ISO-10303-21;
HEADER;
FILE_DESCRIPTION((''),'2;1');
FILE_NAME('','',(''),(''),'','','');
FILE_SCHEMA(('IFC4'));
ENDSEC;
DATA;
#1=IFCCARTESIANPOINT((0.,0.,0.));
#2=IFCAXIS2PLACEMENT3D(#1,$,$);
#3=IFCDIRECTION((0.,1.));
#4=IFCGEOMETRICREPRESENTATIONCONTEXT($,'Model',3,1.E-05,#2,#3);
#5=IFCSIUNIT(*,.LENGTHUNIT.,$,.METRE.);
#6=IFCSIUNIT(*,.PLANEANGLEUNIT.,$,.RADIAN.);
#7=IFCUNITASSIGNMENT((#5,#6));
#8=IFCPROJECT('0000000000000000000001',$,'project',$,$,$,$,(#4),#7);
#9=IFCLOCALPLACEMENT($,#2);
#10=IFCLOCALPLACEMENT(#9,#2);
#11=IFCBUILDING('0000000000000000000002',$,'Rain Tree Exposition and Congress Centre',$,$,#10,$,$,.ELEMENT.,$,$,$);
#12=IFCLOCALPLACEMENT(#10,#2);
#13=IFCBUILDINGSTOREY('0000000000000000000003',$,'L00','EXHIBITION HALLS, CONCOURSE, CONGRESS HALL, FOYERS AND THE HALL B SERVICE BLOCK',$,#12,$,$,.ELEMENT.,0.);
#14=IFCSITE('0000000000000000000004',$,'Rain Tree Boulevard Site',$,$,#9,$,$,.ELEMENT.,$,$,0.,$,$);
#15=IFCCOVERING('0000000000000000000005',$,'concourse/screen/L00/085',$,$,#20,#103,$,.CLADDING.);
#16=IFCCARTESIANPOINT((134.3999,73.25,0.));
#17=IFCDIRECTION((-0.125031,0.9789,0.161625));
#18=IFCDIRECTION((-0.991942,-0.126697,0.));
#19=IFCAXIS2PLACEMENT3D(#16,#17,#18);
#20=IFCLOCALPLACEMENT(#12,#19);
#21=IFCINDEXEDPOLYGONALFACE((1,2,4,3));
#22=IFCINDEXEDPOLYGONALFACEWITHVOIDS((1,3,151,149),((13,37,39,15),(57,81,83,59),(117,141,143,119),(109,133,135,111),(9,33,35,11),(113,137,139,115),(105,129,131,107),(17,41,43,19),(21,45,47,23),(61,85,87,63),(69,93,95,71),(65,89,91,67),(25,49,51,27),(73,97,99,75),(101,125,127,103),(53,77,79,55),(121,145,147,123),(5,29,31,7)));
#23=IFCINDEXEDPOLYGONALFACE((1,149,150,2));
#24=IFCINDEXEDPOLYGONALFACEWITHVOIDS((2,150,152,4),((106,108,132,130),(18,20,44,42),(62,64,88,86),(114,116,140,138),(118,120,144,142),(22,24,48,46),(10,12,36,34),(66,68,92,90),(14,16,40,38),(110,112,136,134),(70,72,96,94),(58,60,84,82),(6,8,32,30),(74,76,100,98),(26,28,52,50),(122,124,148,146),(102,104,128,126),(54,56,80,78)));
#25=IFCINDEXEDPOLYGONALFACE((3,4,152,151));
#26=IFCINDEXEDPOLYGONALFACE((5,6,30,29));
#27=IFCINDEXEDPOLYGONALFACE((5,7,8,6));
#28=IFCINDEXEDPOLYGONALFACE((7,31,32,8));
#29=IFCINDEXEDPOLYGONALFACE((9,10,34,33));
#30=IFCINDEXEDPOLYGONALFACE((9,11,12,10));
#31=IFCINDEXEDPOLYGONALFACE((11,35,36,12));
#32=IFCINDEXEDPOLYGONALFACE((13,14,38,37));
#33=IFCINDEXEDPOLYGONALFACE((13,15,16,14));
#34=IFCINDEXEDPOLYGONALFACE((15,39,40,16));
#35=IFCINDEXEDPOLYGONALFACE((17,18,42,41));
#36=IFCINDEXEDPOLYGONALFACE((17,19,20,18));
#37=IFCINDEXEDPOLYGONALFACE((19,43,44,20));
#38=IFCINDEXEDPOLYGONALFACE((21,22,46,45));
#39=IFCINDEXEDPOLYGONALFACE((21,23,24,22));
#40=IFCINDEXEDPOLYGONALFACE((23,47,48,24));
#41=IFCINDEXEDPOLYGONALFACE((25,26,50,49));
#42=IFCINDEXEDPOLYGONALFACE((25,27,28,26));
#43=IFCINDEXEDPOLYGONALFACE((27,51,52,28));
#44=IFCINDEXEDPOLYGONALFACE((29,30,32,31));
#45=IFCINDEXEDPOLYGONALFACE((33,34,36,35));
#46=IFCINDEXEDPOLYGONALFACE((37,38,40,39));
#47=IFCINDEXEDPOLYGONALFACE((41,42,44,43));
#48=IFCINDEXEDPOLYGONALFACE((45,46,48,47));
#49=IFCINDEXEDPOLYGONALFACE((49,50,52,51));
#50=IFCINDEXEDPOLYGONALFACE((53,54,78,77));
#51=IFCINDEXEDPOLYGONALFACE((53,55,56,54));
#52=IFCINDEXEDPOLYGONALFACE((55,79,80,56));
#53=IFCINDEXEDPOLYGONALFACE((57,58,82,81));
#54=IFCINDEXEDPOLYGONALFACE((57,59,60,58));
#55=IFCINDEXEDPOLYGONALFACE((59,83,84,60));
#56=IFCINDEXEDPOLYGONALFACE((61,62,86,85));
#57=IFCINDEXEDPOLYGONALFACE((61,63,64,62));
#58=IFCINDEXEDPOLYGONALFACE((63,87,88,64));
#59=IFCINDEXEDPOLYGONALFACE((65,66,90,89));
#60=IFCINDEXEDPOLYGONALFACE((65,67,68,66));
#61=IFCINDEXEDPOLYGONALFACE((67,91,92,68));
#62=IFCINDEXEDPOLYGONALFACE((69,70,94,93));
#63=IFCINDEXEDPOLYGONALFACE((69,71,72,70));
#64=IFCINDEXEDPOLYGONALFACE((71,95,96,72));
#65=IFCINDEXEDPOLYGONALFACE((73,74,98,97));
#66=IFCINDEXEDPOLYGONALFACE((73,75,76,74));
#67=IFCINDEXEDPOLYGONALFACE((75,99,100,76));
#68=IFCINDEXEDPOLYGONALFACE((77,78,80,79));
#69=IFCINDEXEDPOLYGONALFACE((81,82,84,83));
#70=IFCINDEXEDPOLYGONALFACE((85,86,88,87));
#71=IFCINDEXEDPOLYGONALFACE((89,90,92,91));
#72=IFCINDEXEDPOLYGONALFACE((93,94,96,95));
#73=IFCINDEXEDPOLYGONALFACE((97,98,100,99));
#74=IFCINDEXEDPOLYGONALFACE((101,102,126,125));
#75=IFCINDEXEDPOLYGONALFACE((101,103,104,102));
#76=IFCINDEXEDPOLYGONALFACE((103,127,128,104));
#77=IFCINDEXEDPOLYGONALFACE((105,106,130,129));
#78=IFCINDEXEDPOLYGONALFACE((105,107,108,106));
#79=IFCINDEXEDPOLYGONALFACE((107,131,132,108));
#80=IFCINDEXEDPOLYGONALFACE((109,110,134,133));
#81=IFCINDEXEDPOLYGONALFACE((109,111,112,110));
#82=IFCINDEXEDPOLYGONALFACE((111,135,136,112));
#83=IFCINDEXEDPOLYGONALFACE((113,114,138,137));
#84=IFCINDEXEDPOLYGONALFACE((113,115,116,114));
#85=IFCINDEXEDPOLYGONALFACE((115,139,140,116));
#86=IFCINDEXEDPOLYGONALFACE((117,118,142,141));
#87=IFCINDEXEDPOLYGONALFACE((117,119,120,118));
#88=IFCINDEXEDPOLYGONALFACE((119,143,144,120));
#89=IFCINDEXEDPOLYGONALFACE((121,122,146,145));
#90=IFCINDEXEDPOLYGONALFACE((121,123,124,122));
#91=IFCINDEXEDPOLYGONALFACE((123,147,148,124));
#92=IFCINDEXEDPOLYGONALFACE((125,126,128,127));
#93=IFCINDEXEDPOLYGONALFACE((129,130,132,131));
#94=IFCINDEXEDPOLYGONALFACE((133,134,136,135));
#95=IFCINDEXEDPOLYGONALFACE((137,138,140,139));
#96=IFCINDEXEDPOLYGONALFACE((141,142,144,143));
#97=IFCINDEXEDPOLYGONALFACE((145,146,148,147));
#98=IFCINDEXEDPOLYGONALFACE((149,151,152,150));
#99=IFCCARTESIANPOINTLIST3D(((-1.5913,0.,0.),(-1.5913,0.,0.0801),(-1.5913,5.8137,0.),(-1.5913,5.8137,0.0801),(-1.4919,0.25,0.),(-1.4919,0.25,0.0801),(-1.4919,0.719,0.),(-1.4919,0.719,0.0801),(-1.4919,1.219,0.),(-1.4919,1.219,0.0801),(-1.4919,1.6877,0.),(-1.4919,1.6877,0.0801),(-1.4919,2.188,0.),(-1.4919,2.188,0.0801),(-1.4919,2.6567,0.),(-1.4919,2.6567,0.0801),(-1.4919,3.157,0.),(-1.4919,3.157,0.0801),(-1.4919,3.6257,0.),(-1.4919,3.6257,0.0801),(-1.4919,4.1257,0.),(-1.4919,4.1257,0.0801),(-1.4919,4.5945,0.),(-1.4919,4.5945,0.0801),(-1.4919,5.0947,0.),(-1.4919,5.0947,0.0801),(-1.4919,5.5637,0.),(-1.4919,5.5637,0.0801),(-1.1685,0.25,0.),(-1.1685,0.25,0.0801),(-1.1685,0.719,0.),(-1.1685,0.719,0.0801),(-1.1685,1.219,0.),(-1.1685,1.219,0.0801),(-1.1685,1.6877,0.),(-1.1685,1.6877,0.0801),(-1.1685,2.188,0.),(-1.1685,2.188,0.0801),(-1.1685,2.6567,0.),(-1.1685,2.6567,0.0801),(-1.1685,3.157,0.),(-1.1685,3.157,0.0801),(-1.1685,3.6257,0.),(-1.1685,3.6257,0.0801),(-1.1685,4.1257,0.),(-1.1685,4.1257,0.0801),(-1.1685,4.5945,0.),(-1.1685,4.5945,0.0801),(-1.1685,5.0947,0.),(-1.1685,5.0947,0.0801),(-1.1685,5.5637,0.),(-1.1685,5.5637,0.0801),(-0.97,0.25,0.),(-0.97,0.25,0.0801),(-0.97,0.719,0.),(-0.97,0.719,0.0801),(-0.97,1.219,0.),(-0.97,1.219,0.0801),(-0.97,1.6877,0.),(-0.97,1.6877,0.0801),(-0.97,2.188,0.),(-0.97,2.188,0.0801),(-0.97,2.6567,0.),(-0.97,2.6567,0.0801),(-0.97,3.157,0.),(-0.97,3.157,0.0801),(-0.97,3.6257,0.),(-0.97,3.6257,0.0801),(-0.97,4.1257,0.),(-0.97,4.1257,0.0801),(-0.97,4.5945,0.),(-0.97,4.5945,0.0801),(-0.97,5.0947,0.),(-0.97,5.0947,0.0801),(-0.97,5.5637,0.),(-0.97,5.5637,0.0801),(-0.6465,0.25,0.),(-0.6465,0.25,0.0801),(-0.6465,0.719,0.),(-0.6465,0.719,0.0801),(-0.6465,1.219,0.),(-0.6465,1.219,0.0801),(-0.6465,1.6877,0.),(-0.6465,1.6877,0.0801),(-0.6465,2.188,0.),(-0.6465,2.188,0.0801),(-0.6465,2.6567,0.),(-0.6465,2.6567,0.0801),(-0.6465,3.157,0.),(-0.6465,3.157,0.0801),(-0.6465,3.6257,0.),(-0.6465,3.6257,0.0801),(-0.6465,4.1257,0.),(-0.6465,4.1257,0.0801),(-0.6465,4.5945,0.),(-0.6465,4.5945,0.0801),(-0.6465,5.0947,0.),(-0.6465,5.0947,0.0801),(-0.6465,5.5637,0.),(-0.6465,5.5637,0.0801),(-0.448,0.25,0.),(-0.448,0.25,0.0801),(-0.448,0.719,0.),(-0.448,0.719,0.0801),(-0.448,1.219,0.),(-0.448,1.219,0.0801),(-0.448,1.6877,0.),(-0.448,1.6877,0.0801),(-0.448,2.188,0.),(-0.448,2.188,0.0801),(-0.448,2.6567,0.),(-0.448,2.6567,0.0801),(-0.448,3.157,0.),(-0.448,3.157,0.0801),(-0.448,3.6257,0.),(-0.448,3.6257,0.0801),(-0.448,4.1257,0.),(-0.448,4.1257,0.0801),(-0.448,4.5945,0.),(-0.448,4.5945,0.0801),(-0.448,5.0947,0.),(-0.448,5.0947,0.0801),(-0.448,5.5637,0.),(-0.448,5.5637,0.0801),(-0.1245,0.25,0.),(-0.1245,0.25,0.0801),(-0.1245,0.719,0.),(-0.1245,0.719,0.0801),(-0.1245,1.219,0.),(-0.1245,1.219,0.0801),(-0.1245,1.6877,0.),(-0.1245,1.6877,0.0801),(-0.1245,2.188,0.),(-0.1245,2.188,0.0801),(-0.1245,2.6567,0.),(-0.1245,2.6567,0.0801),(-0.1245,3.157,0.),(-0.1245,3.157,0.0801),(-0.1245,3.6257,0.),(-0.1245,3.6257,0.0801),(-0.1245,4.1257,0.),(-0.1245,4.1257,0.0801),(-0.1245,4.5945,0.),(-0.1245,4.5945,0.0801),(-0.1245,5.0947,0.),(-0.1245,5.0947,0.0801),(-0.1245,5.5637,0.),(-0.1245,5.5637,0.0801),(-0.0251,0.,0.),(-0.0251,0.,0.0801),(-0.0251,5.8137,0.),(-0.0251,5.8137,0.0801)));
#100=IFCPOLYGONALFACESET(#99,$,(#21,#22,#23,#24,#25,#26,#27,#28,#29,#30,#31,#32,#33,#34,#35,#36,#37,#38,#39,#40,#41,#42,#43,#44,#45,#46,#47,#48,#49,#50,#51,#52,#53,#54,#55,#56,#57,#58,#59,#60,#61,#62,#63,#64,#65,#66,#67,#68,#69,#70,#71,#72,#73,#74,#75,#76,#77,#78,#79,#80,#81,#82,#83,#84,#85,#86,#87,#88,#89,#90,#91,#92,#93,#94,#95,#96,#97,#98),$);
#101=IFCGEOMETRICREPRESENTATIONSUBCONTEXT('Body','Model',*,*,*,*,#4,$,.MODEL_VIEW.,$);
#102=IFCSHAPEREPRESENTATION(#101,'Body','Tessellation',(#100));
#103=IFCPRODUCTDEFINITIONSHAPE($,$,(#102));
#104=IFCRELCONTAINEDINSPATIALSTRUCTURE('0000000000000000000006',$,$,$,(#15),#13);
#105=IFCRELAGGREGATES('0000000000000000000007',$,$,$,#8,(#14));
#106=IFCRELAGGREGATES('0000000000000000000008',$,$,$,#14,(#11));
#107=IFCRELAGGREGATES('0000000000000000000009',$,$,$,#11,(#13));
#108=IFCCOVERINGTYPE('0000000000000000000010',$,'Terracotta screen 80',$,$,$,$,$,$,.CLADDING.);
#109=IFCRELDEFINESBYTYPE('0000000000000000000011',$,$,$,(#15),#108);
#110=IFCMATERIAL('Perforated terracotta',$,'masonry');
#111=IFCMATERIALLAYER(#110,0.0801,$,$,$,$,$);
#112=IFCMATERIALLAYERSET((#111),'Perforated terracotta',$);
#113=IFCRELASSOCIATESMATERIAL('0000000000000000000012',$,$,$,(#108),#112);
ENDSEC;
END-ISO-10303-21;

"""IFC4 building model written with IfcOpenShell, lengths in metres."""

from ifc_helpers import new_model, si_unit, direction, frame, origin, place, context, subcontext, project, spatial, polyline, outline, extrude, material, layer, layer_set, type_object, element, save


model = new_model("IFC4")

# Units and contexts
model_context = context("Model", 3, precision=1e-05, world=origin(), true_north=direction((0.0, 1.0)))
body_context = subcontext(model_context, "Body", "Model", "MODEL_VIEW")
ifc_project = project(units=[si_unit("LENGTHUNIT", "METRE"), si_unit("PLANEANGLEUNIT", "RADIAN")], contexts=[model_context])

# Site, building, storey
site_placement = place(None, origin())
site = spatial("IfcSite", under=ifc_project, at=site_placement, Name="Rain Tree Boulevard Site", CompositionType="ELEMENT", RefElevation=0.0)
building_placement = place(site_placement, origin())
building = spatial("IfcBuilding", under=site, at=building_placement, Name="Rain Tree Exposition and Congress Centre", CompositionType="ELEMENT")
storey_placement = place(building_placement, origin())
storey = spatial("IfcBuildingStorey", under=building, at=storey_placement, Name="L00", Description="EXHIBITION HALLS, CONCOURSE, CONGRESS HALL, FOYERS AND THE HALL B SERVICE BLOCK", CompositionType="ELEMENT", Elevation=0.0)

# Covering
ifc_material_1 = material(Name="Perforated terracotta", Category="masonry")
ifc_layer_1 = layer(ifc_material_1, 0.0801)
ifc_layer_set_1 = layer_set([ifc_layer_1], Name="Perforated terracotta")
covering_type_1 = type_object("IfcCoveringType", Name="Terracotta screen 80", PredefinedType="CLADDING", material=ifc_layer_set_1)
covering_1_placement = place(storey_placement, frame((134.3999, 73.25, 0.0), z_axis=(-0.125031, 0.9789, 0.161625), x_axis=(-0.991942, -0.126697, 0.0)))
element("IfcCovering", 1, at=covering_1_placement, inside=storey, type_object=covering_type_1, Name="concourse/screen/L00/085", PredefinedType="CLADDING", context=body_context, shape_type="SweptSolid", body=[
    extrude(outline(polyline([(-0.0251, 0.0), (-1.5913, 0.0), (-1.5913, 5.8137), (-0.0251, 5.8137), (-0.0251, 0.0)]), holes=[polyline([(-0.1245, 0.25), (-0.1245, 0.719), (-0.448, 0.719), (-0.448, 0.25), (-0.1245, 0.25)]), polyline([(-0.1245, 1.219), (-0.1245, 1.6877), (-0.448, 1.6877), (-0.448, 1.219), (-0.1245, 1.219)]), polyline([(-0.1245, 2.188), (-0.1245, 2.6567), (-0.448, 2.6567), (-0.448, 2.188), (-0.1245, 2.188)]), polyline([(-0.1245, 3.157), (-0.1245, 3.6257), (-0.448, 3.6257), (-0.448, 3.157), (-0.1245, 3.157)]), polyline([(-0.1245, 4.1257), (-0.1245, 4.5945), (-0.448, 4.5945), (-0.448, 4.1257), (-0.1245, 4.1257)]), polyline([(-0.1245, 5.0947), (-0.1245, 5.5637), (-0.448, 5.5637), (-0.448, 5.0947), (-0.1245, 5.0947)]), polyline([(-0.6465, 0.25), (-0.6465, 0.719), (-0.97, 0.719), (-0.97, 0.25), (-0.6465, 0.25)]), polyline([(-0.6465, 1.219), (-0.6465, 1.6877), (-0.97, 1.6877), (-0.97, 1.219), (-0.6465, 1.219)]), polyline([(-0.6465, 2.188), (-0.6465, 2.6567), (-0.97, 2.6567), (-0.97, 2.188), (-0.6465, 2.188)]), polyline([(-0.6465, 3.157), (-0.6465, 3.6257), (-0.97, 3.6257), (-0.97, 3.157), (-0.6465, 3.157)]), polyline([(-0.6465, 4.1257), (-0.6465, 4.5945), (-0.97, 4.5945), (-0.97, 4.1257), (-0.6465, 4.1257)]), polyline([(-0.6465, 5.0947), (-0.6465, 5.5637), (-0.97, 5.5637), (-0.97, 5.0947), (-0.6465, 5.0947)]), polyline([(-1.1685, 0.25), (-1.1685, 0.719), (-1.4919, 0.719), (-1.4919, 0.25), (-1.1685, 0.25)]), polyline([(-1.1685, 1.219), (-1.1685, 1.6877), (-1.4919, 1.6877), (-1.4919, 1.219), (-1.1685, 1.219)]), polyline([(-1.1685, 2.188), (-1.1685, 2.6567), (-1.4919, 2.6567), (-1.4919, 2.188), (-1.1685, 2.188)]), polyline([(-1.1685, 3.157), (-1.1685, 3.6257), (-1.4919, 3.6257), (-1.4919, 3.157), (-1.1685, 3.157)]), polyline([(-1.1685, 4.1257), (-1.1685, 4.5945), (-1.4919, 4.5945), (-1.4919, 4.1257), (-1.1685, 4.1257)]), polyline([(-1.1685, 5.0947), (-1.1685, 5.5637), (-1.4919, 5.5637), (-1.4919, 5.0947), (-1.1685, 5.0947)])]), origin(), (0.0, 0.0, 1.0), 0.0801),
])

save(model, "model.ifc")
